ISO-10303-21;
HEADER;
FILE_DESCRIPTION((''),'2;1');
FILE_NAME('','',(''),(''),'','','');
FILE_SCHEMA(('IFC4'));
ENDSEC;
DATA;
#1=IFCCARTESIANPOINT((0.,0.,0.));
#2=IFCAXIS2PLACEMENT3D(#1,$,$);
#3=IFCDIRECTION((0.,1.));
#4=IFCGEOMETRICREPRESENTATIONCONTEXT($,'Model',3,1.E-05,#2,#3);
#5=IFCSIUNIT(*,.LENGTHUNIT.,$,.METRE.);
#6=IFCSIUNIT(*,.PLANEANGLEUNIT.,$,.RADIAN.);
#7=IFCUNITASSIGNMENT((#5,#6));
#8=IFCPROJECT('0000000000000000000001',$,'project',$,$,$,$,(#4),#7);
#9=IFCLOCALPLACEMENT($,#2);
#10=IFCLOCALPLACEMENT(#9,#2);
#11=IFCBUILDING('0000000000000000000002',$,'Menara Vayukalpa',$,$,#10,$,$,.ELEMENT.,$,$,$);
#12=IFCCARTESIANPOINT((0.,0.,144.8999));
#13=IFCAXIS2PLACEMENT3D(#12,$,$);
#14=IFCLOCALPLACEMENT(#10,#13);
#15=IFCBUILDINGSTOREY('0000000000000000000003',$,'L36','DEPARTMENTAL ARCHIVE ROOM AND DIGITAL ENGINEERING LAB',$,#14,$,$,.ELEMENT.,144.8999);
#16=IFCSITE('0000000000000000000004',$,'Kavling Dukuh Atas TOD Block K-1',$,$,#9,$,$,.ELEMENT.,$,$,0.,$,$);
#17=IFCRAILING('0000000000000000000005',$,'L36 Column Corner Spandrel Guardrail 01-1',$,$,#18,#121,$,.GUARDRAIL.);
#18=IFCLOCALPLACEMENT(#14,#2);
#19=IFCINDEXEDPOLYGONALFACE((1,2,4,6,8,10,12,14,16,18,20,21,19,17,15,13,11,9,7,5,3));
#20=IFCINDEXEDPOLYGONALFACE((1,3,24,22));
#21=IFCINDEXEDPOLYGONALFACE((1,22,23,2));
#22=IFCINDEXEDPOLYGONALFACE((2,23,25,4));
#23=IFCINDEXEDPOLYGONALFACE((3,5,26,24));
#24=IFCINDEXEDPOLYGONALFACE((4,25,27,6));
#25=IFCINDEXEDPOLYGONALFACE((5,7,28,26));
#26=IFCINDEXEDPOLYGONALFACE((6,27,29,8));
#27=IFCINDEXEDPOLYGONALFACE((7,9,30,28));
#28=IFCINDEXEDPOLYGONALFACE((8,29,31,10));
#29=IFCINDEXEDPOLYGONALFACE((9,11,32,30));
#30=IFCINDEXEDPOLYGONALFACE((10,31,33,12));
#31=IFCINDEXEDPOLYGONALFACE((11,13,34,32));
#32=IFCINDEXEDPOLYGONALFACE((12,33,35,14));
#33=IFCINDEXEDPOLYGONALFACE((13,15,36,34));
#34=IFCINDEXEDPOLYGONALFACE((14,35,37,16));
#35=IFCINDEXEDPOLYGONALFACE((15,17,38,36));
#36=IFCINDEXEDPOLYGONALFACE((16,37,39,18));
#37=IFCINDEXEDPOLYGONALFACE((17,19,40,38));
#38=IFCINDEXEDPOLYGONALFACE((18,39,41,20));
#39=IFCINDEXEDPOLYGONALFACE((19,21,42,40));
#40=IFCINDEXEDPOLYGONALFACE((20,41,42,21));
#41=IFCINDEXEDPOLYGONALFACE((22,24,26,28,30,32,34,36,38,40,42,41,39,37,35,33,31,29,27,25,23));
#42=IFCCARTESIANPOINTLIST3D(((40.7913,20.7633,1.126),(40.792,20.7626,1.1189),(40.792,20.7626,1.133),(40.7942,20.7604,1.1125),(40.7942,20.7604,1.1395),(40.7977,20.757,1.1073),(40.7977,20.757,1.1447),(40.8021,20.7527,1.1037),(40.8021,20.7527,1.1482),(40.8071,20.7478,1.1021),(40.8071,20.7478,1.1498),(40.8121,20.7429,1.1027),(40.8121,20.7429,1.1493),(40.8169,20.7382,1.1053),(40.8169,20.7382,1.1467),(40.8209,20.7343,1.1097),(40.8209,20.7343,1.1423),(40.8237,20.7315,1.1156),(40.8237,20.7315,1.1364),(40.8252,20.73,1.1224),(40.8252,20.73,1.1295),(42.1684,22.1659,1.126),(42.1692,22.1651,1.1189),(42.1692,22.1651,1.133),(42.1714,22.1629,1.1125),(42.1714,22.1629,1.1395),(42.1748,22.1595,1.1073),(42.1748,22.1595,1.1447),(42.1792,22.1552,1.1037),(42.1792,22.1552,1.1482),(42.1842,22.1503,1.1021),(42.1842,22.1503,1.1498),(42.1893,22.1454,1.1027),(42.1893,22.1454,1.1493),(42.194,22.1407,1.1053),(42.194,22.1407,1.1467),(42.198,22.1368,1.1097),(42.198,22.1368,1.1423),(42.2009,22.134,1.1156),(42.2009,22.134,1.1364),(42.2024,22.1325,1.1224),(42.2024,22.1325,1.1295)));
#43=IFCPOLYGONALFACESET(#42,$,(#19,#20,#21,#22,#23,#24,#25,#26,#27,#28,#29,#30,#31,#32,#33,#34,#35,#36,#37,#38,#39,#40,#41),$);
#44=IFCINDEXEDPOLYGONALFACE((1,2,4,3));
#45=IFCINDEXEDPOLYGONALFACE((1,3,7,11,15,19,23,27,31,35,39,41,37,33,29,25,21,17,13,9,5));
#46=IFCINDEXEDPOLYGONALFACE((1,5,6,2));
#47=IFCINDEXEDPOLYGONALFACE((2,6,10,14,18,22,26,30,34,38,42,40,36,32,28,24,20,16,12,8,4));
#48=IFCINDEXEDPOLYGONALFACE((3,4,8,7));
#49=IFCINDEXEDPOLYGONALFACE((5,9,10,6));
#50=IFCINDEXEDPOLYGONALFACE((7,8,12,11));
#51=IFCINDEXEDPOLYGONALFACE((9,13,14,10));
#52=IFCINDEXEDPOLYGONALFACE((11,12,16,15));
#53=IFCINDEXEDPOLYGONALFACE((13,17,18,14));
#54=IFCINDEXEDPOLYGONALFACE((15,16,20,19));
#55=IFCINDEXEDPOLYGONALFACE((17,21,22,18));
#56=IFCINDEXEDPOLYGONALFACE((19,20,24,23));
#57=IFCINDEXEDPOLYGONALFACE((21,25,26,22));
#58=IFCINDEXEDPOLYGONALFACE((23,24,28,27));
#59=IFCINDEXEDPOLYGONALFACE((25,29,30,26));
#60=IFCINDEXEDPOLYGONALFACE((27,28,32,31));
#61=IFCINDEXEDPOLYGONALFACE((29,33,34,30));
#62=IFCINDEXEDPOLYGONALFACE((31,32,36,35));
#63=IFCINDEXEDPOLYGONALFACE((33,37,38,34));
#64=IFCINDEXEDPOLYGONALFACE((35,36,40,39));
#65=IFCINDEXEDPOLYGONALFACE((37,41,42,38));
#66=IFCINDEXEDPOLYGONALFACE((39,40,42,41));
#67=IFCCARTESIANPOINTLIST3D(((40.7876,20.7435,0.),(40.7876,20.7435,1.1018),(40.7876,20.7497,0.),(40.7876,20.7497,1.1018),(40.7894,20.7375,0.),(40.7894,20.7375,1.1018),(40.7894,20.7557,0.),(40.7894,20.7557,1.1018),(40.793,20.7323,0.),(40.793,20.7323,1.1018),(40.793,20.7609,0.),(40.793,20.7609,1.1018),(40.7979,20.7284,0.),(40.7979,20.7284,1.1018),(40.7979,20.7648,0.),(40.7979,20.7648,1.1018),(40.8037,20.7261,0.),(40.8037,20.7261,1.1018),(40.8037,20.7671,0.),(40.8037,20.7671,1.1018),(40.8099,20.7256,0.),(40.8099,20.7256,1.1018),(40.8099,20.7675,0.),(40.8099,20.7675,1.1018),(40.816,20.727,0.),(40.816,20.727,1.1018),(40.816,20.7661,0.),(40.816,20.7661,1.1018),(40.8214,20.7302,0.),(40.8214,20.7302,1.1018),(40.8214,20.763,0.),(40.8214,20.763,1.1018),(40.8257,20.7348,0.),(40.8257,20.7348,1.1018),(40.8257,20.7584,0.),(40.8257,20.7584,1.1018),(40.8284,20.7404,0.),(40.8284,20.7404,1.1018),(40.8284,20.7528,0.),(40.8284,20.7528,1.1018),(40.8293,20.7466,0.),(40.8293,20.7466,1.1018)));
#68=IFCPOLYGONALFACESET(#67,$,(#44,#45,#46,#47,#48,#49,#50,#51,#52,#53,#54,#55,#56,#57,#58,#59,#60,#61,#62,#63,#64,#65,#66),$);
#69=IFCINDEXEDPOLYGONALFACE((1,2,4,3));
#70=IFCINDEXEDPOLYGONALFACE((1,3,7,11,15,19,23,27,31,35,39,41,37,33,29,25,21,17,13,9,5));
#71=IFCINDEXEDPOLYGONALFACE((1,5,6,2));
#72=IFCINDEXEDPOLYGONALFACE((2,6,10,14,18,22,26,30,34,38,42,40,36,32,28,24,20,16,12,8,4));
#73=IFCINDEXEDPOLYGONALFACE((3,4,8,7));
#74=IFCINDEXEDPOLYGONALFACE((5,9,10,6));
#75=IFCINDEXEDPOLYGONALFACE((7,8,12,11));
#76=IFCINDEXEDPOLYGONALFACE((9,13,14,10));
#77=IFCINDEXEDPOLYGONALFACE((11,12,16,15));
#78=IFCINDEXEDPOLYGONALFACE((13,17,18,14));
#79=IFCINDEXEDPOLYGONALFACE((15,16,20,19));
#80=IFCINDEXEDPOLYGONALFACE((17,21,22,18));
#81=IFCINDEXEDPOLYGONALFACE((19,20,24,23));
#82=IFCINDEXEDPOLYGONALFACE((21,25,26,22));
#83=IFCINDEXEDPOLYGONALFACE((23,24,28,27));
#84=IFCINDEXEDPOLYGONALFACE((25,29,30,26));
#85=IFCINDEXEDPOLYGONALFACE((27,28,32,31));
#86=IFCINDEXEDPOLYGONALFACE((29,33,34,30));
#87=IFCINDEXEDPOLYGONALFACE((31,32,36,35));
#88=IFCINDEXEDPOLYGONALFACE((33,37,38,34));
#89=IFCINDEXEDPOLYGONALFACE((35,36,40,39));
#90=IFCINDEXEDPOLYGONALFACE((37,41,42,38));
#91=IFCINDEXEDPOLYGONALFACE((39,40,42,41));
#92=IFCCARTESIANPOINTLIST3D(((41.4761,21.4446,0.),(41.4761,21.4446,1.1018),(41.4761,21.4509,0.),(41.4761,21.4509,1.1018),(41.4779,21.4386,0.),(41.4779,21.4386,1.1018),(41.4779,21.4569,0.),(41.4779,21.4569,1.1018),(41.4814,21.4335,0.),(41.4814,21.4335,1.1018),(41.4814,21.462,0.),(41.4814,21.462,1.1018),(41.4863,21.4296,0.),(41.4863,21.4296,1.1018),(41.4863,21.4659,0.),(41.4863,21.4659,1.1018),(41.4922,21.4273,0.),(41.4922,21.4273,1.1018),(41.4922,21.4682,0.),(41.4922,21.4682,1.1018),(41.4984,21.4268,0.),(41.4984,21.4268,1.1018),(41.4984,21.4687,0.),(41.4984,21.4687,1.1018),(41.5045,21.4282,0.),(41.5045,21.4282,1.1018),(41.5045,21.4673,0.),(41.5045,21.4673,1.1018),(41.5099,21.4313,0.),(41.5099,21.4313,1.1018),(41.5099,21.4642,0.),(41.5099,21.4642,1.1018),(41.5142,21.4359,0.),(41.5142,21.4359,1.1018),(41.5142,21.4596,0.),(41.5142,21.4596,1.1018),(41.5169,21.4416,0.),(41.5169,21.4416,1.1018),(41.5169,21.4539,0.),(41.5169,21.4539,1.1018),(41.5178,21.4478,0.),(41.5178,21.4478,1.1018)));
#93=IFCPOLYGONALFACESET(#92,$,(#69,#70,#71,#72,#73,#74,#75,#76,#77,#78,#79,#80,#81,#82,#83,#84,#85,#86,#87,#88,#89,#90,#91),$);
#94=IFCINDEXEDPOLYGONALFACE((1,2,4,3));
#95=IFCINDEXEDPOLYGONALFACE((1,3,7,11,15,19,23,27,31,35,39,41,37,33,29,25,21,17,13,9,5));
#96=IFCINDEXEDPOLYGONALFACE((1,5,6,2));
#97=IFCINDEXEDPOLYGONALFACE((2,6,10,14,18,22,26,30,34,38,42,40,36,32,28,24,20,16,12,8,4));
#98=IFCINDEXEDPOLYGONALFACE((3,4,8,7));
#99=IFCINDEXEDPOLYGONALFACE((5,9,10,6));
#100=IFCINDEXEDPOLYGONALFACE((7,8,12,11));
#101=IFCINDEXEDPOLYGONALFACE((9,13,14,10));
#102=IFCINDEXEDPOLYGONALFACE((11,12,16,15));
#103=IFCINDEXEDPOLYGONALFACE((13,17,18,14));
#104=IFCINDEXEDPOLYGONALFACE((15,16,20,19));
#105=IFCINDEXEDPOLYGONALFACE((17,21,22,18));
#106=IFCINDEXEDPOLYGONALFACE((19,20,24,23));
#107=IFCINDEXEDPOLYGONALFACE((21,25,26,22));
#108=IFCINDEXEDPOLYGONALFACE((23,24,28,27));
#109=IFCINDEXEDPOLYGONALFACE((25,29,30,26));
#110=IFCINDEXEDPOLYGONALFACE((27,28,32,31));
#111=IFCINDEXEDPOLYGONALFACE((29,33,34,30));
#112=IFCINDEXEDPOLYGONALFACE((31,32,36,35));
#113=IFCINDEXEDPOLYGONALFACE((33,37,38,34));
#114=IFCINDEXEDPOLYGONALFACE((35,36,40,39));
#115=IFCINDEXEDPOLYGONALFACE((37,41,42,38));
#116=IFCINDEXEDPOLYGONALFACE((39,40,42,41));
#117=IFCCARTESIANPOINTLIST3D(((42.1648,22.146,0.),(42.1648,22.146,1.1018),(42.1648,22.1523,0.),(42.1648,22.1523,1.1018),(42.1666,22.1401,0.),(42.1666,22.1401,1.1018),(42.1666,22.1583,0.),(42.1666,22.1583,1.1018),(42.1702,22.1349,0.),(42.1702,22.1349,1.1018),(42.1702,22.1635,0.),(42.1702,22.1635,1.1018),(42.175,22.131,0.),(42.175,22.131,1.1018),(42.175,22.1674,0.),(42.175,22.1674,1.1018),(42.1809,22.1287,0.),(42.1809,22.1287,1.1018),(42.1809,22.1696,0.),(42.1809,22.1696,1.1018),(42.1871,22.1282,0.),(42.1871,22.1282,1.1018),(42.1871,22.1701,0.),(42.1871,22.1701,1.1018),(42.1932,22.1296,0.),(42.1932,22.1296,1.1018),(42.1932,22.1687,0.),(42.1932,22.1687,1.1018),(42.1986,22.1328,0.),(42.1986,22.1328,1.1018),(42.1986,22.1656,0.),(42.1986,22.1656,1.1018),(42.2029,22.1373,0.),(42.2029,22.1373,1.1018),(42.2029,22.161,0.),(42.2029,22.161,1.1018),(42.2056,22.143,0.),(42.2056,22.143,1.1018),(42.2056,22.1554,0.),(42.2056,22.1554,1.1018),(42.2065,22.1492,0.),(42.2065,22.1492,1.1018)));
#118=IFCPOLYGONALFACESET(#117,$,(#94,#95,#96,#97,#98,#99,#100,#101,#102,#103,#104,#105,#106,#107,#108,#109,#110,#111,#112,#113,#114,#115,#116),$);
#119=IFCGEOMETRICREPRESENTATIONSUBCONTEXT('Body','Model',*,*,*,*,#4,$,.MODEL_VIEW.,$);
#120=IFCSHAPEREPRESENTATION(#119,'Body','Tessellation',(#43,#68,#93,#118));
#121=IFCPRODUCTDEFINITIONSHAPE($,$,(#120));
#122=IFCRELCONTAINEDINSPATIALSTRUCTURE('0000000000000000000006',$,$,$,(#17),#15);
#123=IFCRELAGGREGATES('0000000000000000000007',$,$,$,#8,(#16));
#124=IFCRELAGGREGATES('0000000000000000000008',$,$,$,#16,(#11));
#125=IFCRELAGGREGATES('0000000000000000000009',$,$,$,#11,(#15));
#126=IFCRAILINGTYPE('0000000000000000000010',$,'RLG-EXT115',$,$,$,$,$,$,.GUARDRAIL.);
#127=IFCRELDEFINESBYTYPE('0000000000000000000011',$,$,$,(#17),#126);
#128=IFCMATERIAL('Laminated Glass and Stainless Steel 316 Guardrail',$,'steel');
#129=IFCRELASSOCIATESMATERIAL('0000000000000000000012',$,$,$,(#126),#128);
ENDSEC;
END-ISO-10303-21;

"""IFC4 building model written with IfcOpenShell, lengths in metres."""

from ifc_helpers import new_model, si_unit, direction, frame, origin, origin_2d, place, context, subcontext, project, spatial, circle, extrude, material, type_object, element, save


model = new_model("IFC4")

# Units and contexts
model_context = context("Model", 3, precision=1e-05, world=origin(), true_north=direction((0.0, 1.0)))
body_context = subcontext(model_context, "Body", "Model", "MODEL_VIEW")
ifc_project = project(units=[si_unit("LENGTHUNIT", "METRE"), si_unit("PLANEANGLEUNIT", "RADIAN")], contexts=[model_context])

# Site, building, storey
site_placement = place(None, origin())
site = spatial("IfcSite", under=ifc_project, at=site_placement, Name="Kavling Dukuh Atas TOD Block K-1", CompositionType="ELEMENT", RefElevation=0.0)
building_placement = place(site_placement, origin())
building = spatial("IfcBuilding", under=site, at=building_placement, Name="Menara Vayukalpa", CompositionType="ELEMENT")
storey_placement = place(building_placement, frame((0.0, 0.0, 144.8999)))
storey = spatial("IfcBuildingStorey", under=building, at=storey_placement, Name="L36", Description="DEPARTMENTAL ARCHIVE ROOM AND DIGITAL ENGINEERING LAB", CompositionType="ELEMENT", Elevation=144.8999)

# Railing
ifc_material_1 = material(Name="Laminated Glass and Stainless Steel 316 Guardrail", Category="steel")
railing_type_1 = type_object("IfcRailingType", Name="RLG-EXT115", PredefinedType="GUARDRAIL", material=ifc_material_1)
railing_1_placement = place(storey_placement, frame((40.8083, 20.7466, 0.0)))
element("IfcRailing", 1, at=railing_1_placement, inside=storey, type_object=railing_type_1, Name="L36 Column Corner Spandrel Guardrail 01-1", PredefinedType="GUARDRAIL", context=body_context, shape_type="SweptSolid", body=[
    extrude(circle(Radius=0.0239, at=origin_2d()), frame((0.0, 0.0, 1.126), z_axis=(0.700619, 0.713536, 0.0), x_axis=(-0.713536, 0.700619, 0.0)), (0.0, 0.0, 1.0), 1.9656),
    extrude(circle(Radius=0.021, at=origin_2d()), origin(), (0.0, 0.0, 1.0), 1.1018),
    extrude(circle(Radius=0.021, at=origin_2d()), frame((0.6885, 0.7012, 0.0)), (0.0, 0.0, 1.0), 1.1018),
    extrude(circle(Radius=0.021, at=origin_2d()), frame((1.3772, 1.4026, 0.0)), (0.0, 0.0, 1.0), 1.1018),
])

save(model, "model.ifc")
